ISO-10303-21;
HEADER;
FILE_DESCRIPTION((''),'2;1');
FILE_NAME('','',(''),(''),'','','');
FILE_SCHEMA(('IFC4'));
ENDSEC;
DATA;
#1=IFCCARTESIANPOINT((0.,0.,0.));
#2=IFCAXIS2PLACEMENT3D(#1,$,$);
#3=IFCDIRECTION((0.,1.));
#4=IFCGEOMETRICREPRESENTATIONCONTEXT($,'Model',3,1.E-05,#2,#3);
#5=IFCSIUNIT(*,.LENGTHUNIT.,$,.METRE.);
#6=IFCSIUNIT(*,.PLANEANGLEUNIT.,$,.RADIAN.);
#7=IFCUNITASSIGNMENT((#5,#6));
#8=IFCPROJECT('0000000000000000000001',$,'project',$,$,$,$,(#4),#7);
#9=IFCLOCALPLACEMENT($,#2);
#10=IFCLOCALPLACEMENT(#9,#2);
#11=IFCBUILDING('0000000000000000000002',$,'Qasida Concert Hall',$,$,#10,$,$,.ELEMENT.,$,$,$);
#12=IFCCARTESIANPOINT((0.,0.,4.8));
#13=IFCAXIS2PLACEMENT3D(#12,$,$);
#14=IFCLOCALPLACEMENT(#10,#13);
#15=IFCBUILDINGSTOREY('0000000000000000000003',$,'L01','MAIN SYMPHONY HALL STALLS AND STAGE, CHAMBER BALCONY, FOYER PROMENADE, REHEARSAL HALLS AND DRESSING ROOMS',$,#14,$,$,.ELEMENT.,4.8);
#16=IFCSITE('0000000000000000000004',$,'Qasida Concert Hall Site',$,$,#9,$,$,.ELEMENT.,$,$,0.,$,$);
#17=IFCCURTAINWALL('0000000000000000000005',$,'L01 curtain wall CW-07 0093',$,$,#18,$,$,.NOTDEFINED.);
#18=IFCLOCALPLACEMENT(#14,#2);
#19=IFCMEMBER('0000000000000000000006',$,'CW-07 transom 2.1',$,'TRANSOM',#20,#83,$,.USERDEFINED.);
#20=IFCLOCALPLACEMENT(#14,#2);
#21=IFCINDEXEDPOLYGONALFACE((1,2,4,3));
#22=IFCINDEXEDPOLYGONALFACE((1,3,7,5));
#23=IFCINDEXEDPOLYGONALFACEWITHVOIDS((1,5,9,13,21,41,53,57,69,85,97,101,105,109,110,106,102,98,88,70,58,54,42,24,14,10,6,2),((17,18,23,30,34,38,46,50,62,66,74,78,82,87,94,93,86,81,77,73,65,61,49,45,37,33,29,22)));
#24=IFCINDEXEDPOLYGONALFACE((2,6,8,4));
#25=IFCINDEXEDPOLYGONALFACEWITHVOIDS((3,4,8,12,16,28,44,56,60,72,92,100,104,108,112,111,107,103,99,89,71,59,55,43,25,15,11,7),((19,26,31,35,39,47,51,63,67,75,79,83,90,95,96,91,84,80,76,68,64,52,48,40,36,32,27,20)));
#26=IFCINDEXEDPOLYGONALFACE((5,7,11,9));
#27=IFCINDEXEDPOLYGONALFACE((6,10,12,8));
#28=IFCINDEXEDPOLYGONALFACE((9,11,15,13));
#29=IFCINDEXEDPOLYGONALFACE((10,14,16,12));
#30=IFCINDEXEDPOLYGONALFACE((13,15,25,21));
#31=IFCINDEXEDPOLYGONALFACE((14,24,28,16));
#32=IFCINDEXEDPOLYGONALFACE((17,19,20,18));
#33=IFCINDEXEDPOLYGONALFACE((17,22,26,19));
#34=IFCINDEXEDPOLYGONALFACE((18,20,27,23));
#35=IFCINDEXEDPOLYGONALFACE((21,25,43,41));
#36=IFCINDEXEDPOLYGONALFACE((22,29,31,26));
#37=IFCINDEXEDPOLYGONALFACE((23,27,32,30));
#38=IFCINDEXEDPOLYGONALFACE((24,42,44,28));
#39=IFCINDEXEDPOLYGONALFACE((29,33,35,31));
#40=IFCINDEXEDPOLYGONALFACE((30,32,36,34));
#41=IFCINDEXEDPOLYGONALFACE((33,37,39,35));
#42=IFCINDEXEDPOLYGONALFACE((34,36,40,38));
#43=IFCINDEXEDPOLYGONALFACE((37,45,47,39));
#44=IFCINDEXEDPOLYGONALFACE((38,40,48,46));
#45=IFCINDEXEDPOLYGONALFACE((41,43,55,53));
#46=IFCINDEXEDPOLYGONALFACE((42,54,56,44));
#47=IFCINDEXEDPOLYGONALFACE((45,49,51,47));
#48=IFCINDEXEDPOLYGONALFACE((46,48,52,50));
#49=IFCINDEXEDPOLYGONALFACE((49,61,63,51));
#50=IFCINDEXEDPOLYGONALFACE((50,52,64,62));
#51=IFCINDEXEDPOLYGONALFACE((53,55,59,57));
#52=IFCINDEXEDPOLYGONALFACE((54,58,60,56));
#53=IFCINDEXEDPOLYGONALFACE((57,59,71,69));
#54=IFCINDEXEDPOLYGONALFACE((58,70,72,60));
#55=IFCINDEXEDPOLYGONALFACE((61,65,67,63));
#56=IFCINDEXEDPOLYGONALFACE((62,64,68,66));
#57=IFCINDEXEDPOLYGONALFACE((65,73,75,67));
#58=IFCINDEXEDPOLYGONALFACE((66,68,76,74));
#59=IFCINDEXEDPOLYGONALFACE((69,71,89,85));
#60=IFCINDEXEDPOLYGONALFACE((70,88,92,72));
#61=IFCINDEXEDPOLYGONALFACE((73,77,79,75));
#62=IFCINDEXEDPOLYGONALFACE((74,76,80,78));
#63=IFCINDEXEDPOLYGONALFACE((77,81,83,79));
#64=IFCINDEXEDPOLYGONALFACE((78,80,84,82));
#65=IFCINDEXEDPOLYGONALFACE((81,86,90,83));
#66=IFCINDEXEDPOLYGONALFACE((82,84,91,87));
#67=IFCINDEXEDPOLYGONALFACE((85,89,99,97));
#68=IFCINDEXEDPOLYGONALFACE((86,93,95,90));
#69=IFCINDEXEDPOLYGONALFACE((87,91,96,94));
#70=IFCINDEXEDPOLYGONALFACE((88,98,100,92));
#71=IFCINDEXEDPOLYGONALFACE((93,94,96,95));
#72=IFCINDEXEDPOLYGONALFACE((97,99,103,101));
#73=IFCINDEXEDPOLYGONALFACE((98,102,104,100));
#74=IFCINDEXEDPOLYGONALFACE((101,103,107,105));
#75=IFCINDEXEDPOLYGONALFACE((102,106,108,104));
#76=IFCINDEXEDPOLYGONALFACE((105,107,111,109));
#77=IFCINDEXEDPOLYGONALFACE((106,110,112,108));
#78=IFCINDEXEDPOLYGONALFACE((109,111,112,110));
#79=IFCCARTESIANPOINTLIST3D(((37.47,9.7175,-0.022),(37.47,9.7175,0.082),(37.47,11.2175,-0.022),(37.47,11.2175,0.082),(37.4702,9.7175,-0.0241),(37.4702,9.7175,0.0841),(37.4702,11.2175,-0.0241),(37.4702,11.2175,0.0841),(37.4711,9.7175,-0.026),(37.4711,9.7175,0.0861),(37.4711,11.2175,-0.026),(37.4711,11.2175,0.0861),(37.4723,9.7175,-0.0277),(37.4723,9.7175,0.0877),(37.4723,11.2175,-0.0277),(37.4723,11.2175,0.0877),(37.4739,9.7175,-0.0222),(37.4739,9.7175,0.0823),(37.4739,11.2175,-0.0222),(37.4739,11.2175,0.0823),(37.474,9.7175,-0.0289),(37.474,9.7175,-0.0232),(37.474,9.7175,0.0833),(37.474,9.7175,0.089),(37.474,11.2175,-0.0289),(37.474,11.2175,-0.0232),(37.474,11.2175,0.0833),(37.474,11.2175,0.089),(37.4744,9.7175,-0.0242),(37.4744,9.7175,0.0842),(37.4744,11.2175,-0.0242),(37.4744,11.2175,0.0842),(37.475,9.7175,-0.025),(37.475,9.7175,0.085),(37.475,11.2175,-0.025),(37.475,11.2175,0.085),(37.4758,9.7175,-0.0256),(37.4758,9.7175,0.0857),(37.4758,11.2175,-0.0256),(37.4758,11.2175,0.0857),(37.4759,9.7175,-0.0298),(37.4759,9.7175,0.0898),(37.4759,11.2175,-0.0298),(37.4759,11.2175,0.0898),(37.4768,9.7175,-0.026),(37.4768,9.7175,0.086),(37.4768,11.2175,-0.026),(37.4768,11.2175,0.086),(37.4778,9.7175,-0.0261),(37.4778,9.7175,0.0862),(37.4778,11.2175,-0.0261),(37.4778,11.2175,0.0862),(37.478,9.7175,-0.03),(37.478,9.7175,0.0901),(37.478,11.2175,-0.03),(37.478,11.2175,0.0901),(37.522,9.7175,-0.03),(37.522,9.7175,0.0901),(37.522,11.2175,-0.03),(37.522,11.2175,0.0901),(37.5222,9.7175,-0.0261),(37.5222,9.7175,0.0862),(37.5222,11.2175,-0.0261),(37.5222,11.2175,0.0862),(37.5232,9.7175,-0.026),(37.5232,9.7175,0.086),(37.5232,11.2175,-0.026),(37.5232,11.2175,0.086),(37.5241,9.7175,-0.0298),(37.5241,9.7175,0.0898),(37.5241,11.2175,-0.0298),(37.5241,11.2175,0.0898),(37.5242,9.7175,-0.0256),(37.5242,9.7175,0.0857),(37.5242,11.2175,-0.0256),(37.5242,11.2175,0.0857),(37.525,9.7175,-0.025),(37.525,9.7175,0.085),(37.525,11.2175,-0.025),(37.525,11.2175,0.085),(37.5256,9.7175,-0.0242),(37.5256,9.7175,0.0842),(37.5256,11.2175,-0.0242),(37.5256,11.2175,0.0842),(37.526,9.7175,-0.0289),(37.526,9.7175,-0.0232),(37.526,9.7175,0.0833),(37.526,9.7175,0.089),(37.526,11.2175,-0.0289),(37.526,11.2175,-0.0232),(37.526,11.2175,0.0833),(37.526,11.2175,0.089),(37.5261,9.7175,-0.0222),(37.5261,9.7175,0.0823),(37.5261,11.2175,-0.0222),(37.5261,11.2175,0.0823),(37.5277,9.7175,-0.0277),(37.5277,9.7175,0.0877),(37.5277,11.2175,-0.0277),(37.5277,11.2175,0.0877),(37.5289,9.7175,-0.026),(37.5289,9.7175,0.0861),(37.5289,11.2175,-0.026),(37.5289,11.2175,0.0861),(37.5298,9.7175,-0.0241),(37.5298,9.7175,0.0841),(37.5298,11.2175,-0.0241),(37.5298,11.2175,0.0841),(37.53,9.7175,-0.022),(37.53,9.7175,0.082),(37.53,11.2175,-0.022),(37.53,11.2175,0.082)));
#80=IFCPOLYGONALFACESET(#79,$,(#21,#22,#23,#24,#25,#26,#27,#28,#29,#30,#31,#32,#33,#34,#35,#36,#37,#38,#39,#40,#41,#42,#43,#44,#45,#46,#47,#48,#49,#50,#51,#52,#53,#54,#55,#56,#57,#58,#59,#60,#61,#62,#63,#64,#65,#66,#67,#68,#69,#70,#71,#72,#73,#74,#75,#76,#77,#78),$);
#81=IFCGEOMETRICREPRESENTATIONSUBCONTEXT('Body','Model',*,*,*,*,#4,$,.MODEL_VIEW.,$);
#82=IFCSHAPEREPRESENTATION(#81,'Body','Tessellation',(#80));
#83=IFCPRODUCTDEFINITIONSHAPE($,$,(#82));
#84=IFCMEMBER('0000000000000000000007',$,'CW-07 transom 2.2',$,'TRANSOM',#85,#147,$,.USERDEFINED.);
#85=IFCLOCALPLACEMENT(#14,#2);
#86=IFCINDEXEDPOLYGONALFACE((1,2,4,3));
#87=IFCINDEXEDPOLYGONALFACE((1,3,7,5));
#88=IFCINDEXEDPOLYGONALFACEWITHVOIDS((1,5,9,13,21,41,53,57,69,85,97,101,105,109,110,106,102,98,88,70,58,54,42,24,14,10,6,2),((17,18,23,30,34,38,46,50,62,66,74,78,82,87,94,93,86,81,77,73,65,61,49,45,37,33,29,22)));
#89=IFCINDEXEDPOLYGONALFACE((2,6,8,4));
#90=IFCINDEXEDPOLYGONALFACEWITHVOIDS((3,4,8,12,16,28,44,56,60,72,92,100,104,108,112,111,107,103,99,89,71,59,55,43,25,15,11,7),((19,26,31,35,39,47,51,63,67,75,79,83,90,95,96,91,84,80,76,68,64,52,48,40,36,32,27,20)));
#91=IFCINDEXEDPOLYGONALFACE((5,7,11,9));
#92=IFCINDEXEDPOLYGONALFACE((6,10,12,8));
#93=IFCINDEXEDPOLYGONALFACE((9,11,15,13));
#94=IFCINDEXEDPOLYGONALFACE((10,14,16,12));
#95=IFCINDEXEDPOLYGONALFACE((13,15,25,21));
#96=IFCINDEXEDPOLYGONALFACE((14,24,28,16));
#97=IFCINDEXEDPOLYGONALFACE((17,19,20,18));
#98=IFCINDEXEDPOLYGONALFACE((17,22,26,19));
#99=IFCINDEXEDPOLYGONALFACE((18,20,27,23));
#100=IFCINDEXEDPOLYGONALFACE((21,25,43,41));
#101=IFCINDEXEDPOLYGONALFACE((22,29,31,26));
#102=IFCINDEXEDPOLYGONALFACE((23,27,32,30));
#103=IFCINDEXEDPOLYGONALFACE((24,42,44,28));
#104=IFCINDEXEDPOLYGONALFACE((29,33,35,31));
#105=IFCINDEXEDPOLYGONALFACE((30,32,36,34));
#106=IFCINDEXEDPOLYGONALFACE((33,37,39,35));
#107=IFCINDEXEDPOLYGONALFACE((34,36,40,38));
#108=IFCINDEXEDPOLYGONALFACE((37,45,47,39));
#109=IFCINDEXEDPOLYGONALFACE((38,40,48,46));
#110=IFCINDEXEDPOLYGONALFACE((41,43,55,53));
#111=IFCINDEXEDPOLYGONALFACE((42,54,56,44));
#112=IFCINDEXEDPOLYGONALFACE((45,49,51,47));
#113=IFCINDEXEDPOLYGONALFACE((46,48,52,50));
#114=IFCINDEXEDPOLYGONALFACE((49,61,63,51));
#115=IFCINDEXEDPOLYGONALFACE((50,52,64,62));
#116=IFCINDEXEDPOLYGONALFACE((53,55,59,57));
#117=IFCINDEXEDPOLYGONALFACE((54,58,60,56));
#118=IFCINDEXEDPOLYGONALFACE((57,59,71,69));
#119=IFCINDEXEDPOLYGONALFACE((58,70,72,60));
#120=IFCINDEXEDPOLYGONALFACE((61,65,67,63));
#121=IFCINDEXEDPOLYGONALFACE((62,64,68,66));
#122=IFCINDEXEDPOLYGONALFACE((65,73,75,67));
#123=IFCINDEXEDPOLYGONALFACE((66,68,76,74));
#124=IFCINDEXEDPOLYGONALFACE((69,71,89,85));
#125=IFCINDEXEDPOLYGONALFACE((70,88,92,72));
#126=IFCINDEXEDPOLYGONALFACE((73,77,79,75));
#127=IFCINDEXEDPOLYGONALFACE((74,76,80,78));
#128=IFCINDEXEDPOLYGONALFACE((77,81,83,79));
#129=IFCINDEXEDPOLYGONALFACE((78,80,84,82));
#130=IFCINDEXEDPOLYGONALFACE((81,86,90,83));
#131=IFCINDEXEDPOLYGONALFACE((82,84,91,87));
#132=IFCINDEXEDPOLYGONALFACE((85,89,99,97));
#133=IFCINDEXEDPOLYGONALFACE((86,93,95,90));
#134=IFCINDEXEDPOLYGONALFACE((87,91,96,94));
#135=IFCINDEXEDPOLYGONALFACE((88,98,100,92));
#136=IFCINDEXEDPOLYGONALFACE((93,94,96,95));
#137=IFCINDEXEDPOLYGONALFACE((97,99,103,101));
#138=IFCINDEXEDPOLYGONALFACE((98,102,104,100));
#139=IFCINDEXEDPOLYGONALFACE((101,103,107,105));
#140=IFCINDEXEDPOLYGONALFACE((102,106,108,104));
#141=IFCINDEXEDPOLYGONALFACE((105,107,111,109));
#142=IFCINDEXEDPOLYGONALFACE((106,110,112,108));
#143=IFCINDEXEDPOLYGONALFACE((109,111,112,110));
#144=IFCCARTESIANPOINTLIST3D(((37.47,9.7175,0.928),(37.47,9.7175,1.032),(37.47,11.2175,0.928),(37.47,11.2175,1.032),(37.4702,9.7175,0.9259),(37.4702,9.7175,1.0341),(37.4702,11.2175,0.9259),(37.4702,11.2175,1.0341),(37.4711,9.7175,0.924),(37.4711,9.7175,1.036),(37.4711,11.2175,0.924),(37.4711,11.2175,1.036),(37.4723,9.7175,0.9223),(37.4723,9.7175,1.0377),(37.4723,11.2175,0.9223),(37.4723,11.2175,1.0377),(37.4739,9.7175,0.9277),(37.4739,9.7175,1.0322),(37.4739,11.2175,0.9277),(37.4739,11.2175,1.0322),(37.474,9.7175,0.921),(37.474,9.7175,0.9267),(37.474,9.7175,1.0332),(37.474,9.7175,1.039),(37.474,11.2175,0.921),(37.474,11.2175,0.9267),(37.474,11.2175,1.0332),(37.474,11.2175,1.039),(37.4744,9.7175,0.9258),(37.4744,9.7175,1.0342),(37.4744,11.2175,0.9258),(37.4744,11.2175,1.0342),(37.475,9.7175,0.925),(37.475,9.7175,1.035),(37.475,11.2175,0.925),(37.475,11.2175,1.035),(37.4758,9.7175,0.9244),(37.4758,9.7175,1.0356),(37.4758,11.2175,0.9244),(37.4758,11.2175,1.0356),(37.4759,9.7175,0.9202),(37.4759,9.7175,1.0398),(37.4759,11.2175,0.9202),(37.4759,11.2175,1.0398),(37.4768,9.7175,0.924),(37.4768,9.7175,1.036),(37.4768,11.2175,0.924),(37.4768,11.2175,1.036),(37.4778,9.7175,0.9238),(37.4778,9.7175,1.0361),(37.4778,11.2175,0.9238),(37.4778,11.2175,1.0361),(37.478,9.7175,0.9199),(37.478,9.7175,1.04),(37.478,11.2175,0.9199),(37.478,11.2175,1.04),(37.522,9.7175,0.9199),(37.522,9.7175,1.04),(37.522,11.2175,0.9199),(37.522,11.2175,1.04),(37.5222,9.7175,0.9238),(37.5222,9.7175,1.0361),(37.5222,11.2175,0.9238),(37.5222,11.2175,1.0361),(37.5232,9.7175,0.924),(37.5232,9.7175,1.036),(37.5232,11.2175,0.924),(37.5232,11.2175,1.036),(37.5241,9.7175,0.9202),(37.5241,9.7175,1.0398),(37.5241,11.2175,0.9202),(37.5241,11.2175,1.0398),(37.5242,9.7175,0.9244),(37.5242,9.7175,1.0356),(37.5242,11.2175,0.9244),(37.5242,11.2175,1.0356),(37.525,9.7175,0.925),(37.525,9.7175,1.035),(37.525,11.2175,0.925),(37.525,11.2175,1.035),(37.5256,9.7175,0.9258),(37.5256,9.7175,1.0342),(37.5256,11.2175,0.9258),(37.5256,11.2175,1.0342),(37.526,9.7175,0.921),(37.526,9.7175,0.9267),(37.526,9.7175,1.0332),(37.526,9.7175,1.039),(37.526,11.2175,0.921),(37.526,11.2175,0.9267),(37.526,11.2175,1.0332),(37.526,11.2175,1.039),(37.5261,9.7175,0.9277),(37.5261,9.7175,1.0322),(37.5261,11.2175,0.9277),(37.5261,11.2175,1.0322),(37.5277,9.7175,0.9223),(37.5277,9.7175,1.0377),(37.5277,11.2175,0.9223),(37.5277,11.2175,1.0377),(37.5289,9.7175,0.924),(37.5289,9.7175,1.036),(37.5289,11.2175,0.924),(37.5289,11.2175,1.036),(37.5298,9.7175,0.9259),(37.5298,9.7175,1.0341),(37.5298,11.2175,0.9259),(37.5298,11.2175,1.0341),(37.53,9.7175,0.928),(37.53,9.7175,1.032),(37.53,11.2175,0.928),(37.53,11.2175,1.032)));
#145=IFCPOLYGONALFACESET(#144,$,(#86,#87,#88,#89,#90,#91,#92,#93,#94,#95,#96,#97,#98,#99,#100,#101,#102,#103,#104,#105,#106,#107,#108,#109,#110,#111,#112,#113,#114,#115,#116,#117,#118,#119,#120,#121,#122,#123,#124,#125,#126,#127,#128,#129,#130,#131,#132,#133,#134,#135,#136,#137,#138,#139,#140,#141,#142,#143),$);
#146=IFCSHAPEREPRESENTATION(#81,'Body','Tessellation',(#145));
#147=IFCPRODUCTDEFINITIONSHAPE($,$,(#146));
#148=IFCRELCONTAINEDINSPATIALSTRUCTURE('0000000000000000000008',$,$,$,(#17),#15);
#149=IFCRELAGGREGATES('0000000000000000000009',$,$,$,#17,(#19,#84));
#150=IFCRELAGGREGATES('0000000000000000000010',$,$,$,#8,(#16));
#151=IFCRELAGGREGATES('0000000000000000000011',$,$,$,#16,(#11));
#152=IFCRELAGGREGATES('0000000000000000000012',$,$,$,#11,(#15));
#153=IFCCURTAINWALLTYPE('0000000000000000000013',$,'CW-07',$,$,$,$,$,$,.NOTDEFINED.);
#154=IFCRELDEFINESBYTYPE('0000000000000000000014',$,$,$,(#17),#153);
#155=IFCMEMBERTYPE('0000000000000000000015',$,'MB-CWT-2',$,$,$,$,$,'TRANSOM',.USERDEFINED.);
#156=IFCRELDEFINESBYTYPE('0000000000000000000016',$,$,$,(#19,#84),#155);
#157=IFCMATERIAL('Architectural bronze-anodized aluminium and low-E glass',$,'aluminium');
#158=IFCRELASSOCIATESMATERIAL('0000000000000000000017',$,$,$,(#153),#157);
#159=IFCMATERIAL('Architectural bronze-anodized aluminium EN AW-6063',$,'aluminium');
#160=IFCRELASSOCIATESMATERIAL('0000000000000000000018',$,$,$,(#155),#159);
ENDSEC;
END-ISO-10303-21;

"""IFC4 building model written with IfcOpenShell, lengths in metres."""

from ifc_helpers import new_model, si_unit, direction, frame, origin, origin_2d, place, context, subcontext, project, spatial, hollow_rectangle, extrude, material, material_profile, profile_set, type_object, element, aggregate, save


model = new_model("IFC4")

# Units and contexts
model_context = context("Model", 3, precision=1e-05, world=origin(), true_north=direction((0.0, 1.0)))
body_context = subcontext(model_context, "Body", "Model", "MODEL_VIEW")
ifc_project = project(units=[si_unit("LENGTHUNIT", "METRE"), si_unit("PLANEANGLEUNIT", "RADIAN")], contexts=[model_context])

# Site, building, storey
site_placement = place(None, origin())
site = spatial("IfcSite", under=ifc_project, at=site_placement, Name="Qasida Concert Hall Site", CompositionType="ELEMENT", RefElevation=0.0)
building_placement = place(site_placement, origin())
building = spatial("IfcBuilding", under=site, at=building_placement, Name="Qasida Concert Hall", CompositionType="ELEMENT")
storey_placement = place(building_placement, frame((0.0, 0.0, 4.8)))
storey = spatial("IfcBuildingStorey", under=building, at=storey_placement, Name="L01", Description="MAIN SYMPHONY HALL STALLS AND STAGE, CHAMBER BALCONY, FOYER PROMENADE, REHEARSAL HALLS AND DRESSING ROOMS", CompositionType="ELEMENT", Elevation=4.8)

# Shared definitions
ifc_material_1 = material(Name="Architectural bronze-anodized aluminium and low-E glass", Category="aluminium")
curtain_wall_type = type_object("IfcCurtainWallType", Name="CW-07", PredefinedType="NOTDEFINED", material=ifc_material_1)
ifc_material_2 = material(Name="Architectural bronze-anodized aluminium EN AW-6063", Category="aluminium")

# Curtain wall
curtain_wall_1_placement = place(storey_placement, origin())
curtain_wall_1 = element("IfcCurtainWall", 1, at=curtain_wall_1_placement, inside=storey, type_object=curtain_wall_type, Name="L01 curtain wall CW-07 0093", PredefinedType="NOTDEFINED")

# Members
ifc_material_profile_1 = material_profile(ifc_material_2, hollow_rectangle(XDim=0.0601, YDim=0.1201, WallThickness=0.0039, InnerFilletRadius=0.0039, OuterFilletRadius=0.0081, at=origin_2d()), Name="CWT 120x60x4")
ifc_profile_set_1 = profile_set([ifc_material_profile_1], Name="Architectural bronze-anodized aluminium EN AW-6063")
member_type_1 = type_object("IfcMemberType", Name="MB-CWT-2", ElementType="TRANSOM", PredefinedType="USERDEFINED", material=ifc_profile_set_1)
member_1_placement = place(storey_placement, frame((37.5, 9.7175, 0.03), z_axis=(0.0, 1.0, 0.0), x_axis=(-1.0, 0.0, 0.0)))
member_1 = element("IfcMember", 2, at=member_1_placement, type_object=member_type_1, Name="CW-07 transom 2.1", ObjectType="TRANSOM", PredefinedType="USERDEFINED", context=body_context, shape_type="SweptSolid", body=[
    extrude(hollow_rectangle(XDim=0.0601, YDim=0.1201, WallThickness=0.0039, InnerFilletRadius=0.0039, OuterFilletRadius=0.0081, at=origin_2d()), origin(), (0.0, 0.0, 1.0), 1.5),
])
member_2_placement = place(storey_placement, frame((37.5, 9.7175, 0.98), z_axis=(0.0, 1.0, 0.0), x_axis=(-1.0, 0.0, 0.0)))
member_2 = element("IfcMember", 3, at=member_2_placement, type_object=member_type_1, Name="CW-07 transom 2.2", ObjectType="TRANSOM", PredefinedType="USERDEFINED", context=body_context, shape_type="SweptSolid", body=[
    extrude(hollow_rectangle(XDim=0.0601, YDim=0.1201, WallThickness=0.0039, InnerFilletRadius=0.0039, OuterFilletRadius=0.0081, at=origin_2d()), origin(), (0.0, 0.0, 1.0), 1.5),
])

aggregate(curtain_wall_1, [member_1, member_2])

save(model, "model.ifc")
